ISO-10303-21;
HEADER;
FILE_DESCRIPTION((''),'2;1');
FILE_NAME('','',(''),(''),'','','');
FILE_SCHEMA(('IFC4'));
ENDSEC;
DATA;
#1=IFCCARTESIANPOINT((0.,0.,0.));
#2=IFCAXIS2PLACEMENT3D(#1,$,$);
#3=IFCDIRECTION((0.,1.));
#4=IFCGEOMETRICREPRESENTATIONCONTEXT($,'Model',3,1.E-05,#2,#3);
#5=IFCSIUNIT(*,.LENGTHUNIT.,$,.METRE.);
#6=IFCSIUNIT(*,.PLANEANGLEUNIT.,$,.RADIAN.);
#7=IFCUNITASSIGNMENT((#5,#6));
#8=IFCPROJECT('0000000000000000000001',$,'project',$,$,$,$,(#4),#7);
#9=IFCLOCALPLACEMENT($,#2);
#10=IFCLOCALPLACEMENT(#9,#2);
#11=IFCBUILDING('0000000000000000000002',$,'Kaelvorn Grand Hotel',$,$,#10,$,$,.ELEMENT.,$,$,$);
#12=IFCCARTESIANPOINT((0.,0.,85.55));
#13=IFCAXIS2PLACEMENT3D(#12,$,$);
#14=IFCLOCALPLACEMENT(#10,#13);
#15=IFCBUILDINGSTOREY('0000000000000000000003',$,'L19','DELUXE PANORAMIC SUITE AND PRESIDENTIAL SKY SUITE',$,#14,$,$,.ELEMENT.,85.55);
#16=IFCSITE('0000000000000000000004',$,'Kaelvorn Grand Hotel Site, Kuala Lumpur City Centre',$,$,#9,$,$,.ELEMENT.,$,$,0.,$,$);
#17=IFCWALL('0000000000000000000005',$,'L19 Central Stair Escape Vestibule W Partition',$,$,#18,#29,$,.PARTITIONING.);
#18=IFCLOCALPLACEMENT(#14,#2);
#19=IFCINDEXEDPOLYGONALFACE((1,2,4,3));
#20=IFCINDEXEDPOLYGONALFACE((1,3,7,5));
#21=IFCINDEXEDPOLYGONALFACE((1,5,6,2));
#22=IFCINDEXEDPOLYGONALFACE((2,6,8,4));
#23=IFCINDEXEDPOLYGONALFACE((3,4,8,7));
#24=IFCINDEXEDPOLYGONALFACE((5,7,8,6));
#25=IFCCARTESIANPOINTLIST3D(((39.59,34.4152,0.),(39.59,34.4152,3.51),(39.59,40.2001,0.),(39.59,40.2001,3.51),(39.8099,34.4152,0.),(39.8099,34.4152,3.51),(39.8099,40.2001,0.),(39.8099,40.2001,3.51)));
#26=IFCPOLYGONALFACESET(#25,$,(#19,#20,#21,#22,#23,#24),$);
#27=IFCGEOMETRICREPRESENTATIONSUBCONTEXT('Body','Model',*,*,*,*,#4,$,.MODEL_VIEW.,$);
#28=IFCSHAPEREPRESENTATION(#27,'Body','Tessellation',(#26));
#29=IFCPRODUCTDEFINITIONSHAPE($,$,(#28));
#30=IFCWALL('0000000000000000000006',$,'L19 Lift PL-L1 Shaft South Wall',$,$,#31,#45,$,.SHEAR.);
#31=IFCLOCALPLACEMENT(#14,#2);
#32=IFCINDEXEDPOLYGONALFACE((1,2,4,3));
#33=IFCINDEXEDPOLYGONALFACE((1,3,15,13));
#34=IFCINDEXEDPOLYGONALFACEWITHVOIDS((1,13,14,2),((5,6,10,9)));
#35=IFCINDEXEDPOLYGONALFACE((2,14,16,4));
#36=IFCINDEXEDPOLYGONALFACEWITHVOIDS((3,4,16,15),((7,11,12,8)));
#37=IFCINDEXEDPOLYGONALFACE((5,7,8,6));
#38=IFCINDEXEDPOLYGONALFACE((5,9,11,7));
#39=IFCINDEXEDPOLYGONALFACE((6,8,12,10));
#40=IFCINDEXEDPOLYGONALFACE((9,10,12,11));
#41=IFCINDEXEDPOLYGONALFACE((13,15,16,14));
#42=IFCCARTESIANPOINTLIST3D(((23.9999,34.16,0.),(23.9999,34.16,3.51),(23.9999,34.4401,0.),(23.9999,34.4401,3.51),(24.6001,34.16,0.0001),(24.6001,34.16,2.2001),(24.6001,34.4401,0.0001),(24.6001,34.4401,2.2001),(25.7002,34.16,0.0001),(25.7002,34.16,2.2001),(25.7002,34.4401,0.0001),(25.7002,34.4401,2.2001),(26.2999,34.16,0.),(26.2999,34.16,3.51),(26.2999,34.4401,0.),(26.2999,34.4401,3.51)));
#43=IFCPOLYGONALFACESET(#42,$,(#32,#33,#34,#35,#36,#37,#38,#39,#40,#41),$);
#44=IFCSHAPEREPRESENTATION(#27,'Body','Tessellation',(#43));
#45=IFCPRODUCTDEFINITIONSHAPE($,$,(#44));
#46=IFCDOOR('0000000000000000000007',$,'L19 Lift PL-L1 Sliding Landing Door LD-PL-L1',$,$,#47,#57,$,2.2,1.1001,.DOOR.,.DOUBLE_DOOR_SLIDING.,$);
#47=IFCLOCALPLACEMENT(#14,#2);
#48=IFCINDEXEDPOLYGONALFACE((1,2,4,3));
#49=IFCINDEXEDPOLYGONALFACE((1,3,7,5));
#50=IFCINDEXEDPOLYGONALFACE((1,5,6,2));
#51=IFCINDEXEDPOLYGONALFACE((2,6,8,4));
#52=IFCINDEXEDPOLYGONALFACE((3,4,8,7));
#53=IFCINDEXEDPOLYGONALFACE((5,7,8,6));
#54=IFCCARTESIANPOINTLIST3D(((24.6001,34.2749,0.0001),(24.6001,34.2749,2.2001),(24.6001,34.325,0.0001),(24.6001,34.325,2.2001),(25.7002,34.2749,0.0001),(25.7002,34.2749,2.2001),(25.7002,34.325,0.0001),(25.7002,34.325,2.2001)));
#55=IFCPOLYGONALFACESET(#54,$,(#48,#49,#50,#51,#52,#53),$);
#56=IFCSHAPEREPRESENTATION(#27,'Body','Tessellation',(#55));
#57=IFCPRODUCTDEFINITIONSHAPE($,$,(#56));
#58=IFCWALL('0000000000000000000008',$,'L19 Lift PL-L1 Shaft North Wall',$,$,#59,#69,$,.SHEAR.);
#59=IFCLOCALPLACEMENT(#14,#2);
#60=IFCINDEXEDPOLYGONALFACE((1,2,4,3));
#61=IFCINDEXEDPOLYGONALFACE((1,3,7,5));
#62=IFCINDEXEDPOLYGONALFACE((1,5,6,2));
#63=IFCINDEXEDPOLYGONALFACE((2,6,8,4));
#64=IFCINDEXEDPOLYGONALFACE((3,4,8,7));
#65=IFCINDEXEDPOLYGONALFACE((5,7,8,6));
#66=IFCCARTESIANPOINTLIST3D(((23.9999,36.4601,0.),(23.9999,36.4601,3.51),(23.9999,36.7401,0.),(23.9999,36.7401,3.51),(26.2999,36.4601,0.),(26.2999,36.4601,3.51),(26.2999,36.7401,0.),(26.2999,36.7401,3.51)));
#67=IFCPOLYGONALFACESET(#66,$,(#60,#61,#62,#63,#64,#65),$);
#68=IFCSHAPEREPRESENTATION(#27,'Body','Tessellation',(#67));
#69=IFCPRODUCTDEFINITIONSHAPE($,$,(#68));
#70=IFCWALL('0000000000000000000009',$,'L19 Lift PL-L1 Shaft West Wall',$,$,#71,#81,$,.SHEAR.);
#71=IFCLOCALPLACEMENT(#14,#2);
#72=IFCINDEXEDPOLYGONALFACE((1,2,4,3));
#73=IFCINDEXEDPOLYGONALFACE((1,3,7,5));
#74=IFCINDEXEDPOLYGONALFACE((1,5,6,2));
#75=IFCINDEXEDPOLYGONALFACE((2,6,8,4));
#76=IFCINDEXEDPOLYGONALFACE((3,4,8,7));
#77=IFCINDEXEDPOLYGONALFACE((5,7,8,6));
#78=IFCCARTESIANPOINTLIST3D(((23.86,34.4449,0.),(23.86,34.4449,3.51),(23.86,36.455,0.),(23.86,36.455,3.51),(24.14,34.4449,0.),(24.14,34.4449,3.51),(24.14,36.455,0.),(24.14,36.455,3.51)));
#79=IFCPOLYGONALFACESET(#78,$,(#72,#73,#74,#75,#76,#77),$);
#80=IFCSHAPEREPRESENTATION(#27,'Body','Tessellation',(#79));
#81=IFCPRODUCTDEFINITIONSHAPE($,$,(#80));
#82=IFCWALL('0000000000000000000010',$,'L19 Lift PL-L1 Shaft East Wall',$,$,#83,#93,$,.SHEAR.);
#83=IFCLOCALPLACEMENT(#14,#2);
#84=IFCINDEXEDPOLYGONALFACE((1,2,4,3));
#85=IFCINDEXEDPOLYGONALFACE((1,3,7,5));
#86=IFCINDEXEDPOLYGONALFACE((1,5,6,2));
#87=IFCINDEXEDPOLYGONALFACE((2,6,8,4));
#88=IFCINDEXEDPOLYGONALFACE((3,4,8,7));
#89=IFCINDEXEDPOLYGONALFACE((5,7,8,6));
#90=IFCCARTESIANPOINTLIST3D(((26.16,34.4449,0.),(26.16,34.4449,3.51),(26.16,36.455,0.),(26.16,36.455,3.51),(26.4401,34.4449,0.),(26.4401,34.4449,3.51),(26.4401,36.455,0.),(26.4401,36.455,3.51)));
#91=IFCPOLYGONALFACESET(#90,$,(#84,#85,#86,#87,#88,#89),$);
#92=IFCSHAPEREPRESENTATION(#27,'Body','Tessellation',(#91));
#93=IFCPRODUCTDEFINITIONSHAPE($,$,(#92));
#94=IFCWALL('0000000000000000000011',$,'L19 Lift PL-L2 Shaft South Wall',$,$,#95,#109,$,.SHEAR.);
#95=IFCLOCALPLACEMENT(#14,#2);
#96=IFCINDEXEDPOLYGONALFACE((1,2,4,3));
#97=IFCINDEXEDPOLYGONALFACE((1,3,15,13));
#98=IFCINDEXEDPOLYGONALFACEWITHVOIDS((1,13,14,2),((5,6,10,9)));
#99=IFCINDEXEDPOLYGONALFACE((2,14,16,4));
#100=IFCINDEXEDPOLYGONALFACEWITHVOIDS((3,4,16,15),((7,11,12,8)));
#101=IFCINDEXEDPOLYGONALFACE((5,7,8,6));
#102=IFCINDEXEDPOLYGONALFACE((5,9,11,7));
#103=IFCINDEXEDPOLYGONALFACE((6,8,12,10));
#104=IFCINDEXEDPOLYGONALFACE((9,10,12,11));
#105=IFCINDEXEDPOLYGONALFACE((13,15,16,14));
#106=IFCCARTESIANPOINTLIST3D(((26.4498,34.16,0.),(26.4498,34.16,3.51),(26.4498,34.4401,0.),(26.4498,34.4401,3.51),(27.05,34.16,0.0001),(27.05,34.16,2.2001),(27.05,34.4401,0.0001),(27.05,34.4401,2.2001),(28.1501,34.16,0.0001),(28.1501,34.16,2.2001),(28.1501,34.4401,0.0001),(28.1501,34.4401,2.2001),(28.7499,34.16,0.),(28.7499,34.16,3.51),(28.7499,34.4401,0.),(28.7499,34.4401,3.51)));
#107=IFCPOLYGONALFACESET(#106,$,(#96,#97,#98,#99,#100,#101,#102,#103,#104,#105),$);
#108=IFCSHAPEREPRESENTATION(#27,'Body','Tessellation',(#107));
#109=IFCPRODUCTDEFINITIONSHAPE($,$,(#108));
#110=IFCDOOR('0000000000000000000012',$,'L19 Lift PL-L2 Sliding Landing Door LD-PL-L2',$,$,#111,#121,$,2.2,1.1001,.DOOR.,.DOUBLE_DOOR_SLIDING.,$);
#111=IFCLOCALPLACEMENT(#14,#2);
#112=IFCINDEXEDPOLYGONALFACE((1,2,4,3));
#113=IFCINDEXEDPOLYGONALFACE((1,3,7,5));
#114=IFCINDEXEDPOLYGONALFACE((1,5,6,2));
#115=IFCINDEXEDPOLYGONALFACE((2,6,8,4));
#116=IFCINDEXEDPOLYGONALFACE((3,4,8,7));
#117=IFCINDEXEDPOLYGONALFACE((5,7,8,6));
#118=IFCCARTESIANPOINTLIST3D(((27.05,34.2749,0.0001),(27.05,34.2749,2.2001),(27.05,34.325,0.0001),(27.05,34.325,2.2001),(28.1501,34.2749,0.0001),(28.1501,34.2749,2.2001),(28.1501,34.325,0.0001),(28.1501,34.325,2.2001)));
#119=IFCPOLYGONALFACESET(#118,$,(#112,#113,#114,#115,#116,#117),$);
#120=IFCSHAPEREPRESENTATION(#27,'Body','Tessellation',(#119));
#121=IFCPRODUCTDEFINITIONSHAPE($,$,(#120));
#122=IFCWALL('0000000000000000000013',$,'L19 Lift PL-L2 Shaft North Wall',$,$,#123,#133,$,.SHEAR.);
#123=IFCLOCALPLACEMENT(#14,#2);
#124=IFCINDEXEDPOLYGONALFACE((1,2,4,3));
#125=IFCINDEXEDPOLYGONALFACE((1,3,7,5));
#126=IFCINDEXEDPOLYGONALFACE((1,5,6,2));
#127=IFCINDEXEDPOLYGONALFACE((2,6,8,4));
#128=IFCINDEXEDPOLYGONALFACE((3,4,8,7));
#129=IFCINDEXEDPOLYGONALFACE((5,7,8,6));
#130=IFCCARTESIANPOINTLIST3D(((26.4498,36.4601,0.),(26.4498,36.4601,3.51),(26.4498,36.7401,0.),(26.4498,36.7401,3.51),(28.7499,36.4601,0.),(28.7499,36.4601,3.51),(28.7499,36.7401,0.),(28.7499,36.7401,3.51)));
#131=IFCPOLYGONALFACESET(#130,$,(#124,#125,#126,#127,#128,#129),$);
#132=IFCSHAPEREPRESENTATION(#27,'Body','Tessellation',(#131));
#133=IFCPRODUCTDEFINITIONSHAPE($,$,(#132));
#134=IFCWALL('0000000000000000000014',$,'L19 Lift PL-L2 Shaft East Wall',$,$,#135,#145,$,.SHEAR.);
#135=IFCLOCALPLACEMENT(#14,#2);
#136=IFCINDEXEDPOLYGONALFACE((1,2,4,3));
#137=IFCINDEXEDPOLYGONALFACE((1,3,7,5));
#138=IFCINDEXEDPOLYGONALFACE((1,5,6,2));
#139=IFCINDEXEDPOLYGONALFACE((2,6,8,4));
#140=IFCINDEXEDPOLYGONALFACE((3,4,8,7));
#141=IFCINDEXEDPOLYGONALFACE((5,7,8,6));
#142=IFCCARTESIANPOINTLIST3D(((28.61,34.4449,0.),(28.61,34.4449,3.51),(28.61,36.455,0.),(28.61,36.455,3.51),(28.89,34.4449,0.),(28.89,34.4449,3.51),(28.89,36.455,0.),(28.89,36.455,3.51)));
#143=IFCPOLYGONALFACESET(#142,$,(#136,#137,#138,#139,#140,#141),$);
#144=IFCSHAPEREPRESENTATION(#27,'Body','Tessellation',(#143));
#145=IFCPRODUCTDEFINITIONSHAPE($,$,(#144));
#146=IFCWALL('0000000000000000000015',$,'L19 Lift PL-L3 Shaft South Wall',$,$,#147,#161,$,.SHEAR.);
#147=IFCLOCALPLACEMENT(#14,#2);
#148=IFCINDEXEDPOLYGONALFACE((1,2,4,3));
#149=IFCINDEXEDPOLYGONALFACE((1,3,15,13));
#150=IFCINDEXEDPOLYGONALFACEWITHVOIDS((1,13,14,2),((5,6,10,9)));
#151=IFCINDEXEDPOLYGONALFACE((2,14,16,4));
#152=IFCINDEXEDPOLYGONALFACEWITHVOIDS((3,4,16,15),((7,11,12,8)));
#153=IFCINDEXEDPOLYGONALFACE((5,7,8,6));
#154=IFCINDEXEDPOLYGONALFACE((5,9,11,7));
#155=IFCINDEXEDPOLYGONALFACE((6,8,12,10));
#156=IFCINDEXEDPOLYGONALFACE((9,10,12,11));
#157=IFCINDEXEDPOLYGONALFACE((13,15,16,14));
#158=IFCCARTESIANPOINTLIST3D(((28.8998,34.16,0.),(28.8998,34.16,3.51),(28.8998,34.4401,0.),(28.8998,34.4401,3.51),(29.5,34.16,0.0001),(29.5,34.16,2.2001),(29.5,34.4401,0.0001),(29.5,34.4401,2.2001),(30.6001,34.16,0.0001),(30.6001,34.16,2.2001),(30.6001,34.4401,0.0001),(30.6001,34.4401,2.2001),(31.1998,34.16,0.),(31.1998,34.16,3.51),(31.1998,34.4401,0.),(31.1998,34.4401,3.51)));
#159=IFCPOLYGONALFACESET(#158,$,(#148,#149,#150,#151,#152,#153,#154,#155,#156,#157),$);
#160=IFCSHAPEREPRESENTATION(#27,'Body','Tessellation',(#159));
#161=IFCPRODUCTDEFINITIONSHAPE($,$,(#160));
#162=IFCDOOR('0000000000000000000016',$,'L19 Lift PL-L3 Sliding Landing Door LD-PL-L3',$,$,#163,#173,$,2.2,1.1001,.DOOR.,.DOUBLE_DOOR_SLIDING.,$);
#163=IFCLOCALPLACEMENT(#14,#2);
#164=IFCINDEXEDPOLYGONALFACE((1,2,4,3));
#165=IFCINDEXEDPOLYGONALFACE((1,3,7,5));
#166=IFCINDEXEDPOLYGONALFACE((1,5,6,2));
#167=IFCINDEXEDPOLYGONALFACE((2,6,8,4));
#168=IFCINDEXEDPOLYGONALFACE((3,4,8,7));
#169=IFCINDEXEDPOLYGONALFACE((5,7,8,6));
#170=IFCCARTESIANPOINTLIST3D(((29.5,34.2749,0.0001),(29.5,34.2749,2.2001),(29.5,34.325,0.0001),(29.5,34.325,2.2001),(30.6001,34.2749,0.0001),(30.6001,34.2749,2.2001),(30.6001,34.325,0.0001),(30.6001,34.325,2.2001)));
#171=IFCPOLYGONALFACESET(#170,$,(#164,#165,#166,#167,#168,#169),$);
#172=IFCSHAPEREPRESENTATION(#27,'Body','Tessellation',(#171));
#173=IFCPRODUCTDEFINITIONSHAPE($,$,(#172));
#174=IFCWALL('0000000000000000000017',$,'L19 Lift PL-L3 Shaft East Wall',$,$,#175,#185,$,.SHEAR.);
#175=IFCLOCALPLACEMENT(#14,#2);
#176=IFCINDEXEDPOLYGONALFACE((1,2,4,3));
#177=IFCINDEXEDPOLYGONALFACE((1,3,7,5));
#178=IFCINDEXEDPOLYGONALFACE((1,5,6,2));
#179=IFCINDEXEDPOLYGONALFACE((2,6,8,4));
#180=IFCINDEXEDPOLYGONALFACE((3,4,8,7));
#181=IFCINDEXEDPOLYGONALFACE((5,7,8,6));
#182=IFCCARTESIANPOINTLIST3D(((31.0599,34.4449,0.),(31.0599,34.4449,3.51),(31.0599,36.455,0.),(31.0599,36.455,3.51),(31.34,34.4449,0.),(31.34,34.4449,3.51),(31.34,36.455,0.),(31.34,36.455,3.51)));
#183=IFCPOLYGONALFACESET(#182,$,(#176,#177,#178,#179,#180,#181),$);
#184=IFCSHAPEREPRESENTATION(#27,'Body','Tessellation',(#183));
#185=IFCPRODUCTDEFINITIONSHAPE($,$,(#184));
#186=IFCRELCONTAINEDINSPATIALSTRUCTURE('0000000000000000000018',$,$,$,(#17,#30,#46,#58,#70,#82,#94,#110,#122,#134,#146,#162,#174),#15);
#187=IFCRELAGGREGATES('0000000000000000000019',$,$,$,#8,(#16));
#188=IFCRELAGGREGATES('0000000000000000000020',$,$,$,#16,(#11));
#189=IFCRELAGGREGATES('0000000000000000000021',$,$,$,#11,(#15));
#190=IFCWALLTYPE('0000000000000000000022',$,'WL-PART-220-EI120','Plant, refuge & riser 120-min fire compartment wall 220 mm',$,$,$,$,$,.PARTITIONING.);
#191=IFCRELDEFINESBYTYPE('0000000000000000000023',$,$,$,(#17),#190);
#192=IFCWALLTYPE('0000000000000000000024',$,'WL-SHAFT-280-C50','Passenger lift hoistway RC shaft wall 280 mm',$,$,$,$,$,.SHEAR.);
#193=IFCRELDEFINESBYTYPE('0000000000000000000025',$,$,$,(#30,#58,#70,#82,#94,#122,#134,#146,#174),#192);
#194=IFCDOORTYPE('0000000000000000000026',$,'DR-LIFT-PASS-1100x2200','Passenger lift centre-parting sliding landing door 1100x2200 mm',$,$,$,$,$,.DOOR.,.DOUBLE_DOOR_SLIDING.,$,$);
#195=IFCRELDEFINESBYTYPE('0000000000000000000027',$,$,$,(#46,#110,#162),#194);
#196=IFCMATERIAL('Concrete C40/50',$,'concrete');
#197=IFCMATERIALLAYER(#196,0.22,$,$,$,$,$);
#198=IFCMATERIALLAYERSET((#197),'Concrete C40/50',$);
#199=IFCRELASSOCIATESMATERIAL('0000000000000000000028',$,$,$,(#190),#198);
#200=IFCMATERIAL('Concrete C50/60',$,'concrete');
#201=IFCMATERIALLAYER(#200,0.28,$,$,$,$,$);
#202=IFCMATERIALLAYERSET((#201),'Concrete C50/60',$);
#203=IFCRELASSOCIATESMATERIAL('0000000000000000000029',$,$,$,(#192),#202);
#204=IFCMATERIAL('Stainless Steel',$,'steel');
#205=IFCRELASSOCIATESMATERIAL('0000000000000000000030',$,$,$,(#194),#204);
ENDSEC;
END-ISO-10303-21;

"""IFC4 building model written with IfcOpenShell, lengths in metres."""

from ifc_helpers import new_model, si_unit, direction, frame, frame_2d, origin, place, context, subcontext, project, spatial, rectangle, extrude, material, layer, layer_set, type_object, element, fill, save


model = new_model("IFC4")

# Units and contexts
model_context = context("Model", 3, precision=1e-05, world=origin(), true_north=direction((0.0, 1.0)))
body_context = subcontext(model_context, "Body", "Model", "MODEL_VIEW")
ifc_project = project(units=[si_unit("LENGTHUNIT", "METRE"), si_unit("PLANEANGLEUNIT", "RADIAN")], contexts=[model_context])

# Site, building, storey
site_placement = place(None, origin())
site = spatial("IfcSite", under=ifc_project, at=site_placement, Name="Kaelvorn Grand Hotel Site, Kuala Lumpur City Centre", CompositionType="ELEMENT", RefElevation=0.0)
building_placement = place(site_placement, origin())
building = spatial("IfcBuilding", under=site, at=building_placement, Name="Kaelvorn Grand Hotel", CompositionType="ELEMENT")
storey_placement = place(building_placement, frame((0.0, 0.0, 85.55)))
storey = spatial("IfcBuildingStorey", under=building, at=storey_placement, Name="L19", Description="DELUXE PANORAMIC SUITE AND PRESIDENTIAL SKY SUITE", CompositionType="ELEMENT", Elevation=85.55)

# Shared definitions
ifc_material_1 = material(Name="Concrete C40/50", Category="concrete")
ifc_layer_1 = layer(ifc_material_1, 0.22)
ifc_layer_set_1 = layer_set([ifc_layer_1], Name="Concrete C40/50")
wall_type_1 = type_object("IfcWallType", Name="WL-PART-220-EI120", Description="Plant, refuge & riser 120-min fire compartment wall 220 mm", PredefinedType="PARTITIONING", material=ifc_layer_set_1)

# Wall
wall_1_placement = place(storey_placement, frame((39.7, 34.415, 0.0), z_axis=(0.0, 0.0, 1.0), x_axis=(0.0, 1.0, 0.0)))
element("IfcWall", 1, at=wall_1_placement, inside=storey, type_object=wall_type_1, Name="L19 Central Stair Escape Vestibule W Partition", PredefinedType="PARTITIONING", context=body_context, shape_type="SweptSolid", body=[
    extrude(rectangle(XDim=5.7849, YDim=0.22, at=frame_2d((2.8926, 0.0))), origin(), (0.0, 0.0, 1.0), 3.51),
])

# Wall, opening, door
ifc_material_2 = material(Name="Concrete C50/60", Category="concrete")
ifc_layer_2 = layer(ifc_material_2, 0.28)
ifc_layer_set_2 = layer_set([ifc_layer_2], Name="Concrete C50/60")
wall_type_2 = type_object("IfcWallType", Name="WL-SHAFT-280-C50", Description="Passenger lift hoistway RC shaft wall 280 mm", PredefinedType="SHEAR", material=ifc_layer_set_2)
wall_2_placement = place(storey_placement, frame((24.0, 34.3, 0.0), z_axis=(0.0, 0.0, 1.0), x_axis=(1.0, 0.0, 0.0)))
wall_2 = element("IfcWall", 2, at=wall_2_placement, inside=storey, type_object=wall_type_2, Name="L19 Lift PL-L1 Shaft South Wall", PredefinedType="SHEAR", context=body_context, shape_type="SweptSolid", body=[
    extrude(rectangle(XDim=2.3, YDim=0.28, at=frame_2d((1.1499, 0.0))), origin(), (0.0, 0.0, 1.0), 3.51),
])
opening_1_placement = place(wall_2_placement, frame((0.6001, 0.0, 0.0)))
opening_1 = element("IfcOpeningElement", 3, at=opening_1_placement, cuts=wall_2, PredefinedType="OPENING", context=body_context, shape_type="SweptSolid", body=[
    extrude(rectangle(XDim=1.1001, YDim=2.2, at=frame_2d((0.55, 1.1001))), frame((0.0, 0.1499, 0.0), z_axis=(0.0, -1.0, 0.0), x_axis=(1.0, 0.0, 0.0)), (0.0, 0.0, 1.0), 0.3),
])
ifc_material_3 = material(Name="Stainless Steel", Category="steel")
door_type_1 = type_object("IfcDoorType", Name="DR-LIFT-PASS-1100x2200", Description="Passenger lift centre-parting sliding landing door 1100x2200 mm", OperationType="DOUBLE_DOOR_SLIDING", PredefinedType="DOOR", material=ifc_material_3)
door_1_placement = place(opening_1_placement, origin())
door_1 = element("IfcDoor", 4, at=door_1_placement, inside=storey, type_object=door_type_1, Name="L19 Lift PL-L1 Sliding Landing Door LD-PL-L1", OperationType="DOUBLE_DOOR_SLIDING", OverallHeight=2.2, OverallWidth=1.1001, PredefinedType="DOOR", context=body_context, shape_type="SweptSolid", body=[
    extrude(rectangle(XDim=1.1001, YDim=2.2, at=frame_2d((0.55, 1.1001))), frame((0.0, 0.0249, 0.0), z_axis=(0.0, -1.0, 0.0), x_axis=(1.0, 0.0, 0.0)), (0.0, 0.0, 1.0), 0.05),
])
fill(opening_1, door_1)

# Walls
wall_3_placement = place(storey_placement, frame((24.0, 36.6001, 0.0), z_axis=(0.0, 0.0, 1.0), x_axis=(1.0, 0.0, 0.0)))
element("IfcWall", 5, at=wall_3_placement, inside=storey, type_object=wall_type_2, Name="L19 Lift PL-L1 Shaft North Wall", PredefinedType="SHEAR", context=body_context, shape_type="SweptSolid", body=[
    extrude(rectangle(XDim=2.3, YDim=0.28, at=frame_2d((1.1499, 0.0))), origin(), (0.0, 0.0, 1.0), 3.51),
])
for number, where, z_axis, x_axis, name in (
    (6, (24.0, 34.4451, 0.0), (0.0, 0.0, 1.0), (0.0, 1.0, 0.0), "L19 Lift PL-L1 Shaft West Wall"),
    (7, (26.3, 34.4451, 0.0), (0.0, 0.0, 1.0), (0.0, 1.0, 0.0), "L19 Lift PL-L1 Shaft East Wall"),
):
    element("IfcWall", number, at=place(storey_placement, frame(where, z_axis=z_axis, x_axis=x_axis)), inside=storey, type_object=wall_type_2, Name=name, PredefinedType="SHEAR", context=body_context, shape_type="SweptSolid", body=[
        extrude(rectangle(XDim=2.01, YDim=0.28, at=frame_2d((1.0049, 0.0))), origin(), (0.0, 0.0, 1.0), 3.51),
    ])

# Wall, opening, door
wall_4_placement = place(storey_placement, frame((26.45, 34.3, 0.0), z_axis=(0.0, 0.0, 1.0), x_axis=(1.0, 0.0, 0.0)))
wall_4 = element("IfcWall", 8, at=wall_4_placement, inside=storey, type_object=wall_type_2, Name="L19 Lift PL-L2 Shaft South Wall", PredefinedType="SHEAR", context=body_context, shape_type="SweptSolid", body=[
    extrude(rectangle(XDim=2.3, YDim=0.28, at=frame_2d((1.1499, 0.0))), origin(), (0.0, 0.0, 1.0), 3.51),
])
opening_2_placement = place(wall_4_placement, frame((0.6001, 0.0, 0.0)))
opening_2 = element("IfcOpeningElement", 9, at=opening_2_placement, cuts=wall_4, PredefinedType="OPENING", context=body_context, shape_type="SweptSolid", body=[
    extrude(rectangle(XDim=1.1001, YDim=2.2, at=frame_2d((0.55, 1.1001))), frame((0.0, 0.1499, 0.0), z_axis=(0.0, -1.0, 0.0), x_axis=(1.0, 0.0, 0.0)), (0.0, 0.0, 1.0), 0.3),
])
door_2_placement = place(opening_2_placement, origin())
door_2 = element("IfcDoor", 10, at=door_2_placement, inside=storey, type_object=door_type_1, Name="L19 Lift PL-L2 Sliding Landing Door LD-PL-L2", OperationType="DOUBLE_DOOR_SLIDING", OverallHeight=2.2, OverallWidth=1.1001, PredefinedType="DOOR", context=body_context, shape_type="SweptSolid", body=[
    extrude(rectangle(XDim=1.1001, YDim=2.2, at=frame_2d((0.55, 1.1001))), frame((0.0, 0.0249, 0.0), z_axis=(0.0, -1.0, 0.0), x_axis=(1.0, 0.0, 0.0)), (0.0, 0.0, 1.0), 0.05),
])
fill(opening_2, door_2)

# Walls
wall_5_placement = place(storey_placement, frame((26.45, 36.6001, 0.0), z_axis=(0.0, 0.0, 1.0), x_axis=(1.0, 0.0, 0.0)))
element("IfcWall", 11, at=wall_5_placement, inside=storey, type_object=wall_type_2, Name="L19 Lift PL-L2 Shaft North Wall", PredefinedType="SHEAR", context=body_context, shape_type="SweptSolid", body=[
    extrude(rectangle(XDim=2.3, YDim=0.28, at=frame_2d((1.1499, 0.0))), origin(), (0.0, 0.0, 1.0), 3.51),
])
wall_6_placement = place(storey_placement, frame((28.75, 34.4451, 0.0), z_axis=(0.0, 0.0, 1.0), x_axis=(0.0, 1.0, 0.0)))
element("IfcWall", 12, at=wall_6_placement, inside=storey, type_object=wall_type_2, Name="L19 Lift PL-L2 Shaft East Wall", PredefinedType="SHEAR", context=body_context, shape_type="SweptSolid", body=[
    extrude(rectangle(XDim=2.01, YDim=0.28, at=frame_2d((1.0049, 0.0))), origin(), (0.0, 0.0, 1.0), 3.51),
])

# Wall, opening, door
wall_7_placement = place(storey_placement, frame((28.8999, 34.3, 0.0), z_axis=(0.0, 0.0, 1.0), x_axis=(1.0, 0.0, 0.0)))
wall_7 = element("IfcWall", 13, at=wall_7_placement, inside=storey, type_object=wall_type_2, Name="L19 Lift PL-L3 Shaft South Wall", PredefinedType="SHEAR", context=body_context, shape_type="SweptSolid", body=[
    extrude(rectangle(XDim=2.3, YDim=0.28, at=frame_2d((1.1499, 0.0))), origin(), (0.0, 0.0, 1.0), 3.51),
])
opening_3_placement = place(wall_7_placement, frame((0.6001, 0.0, 0.0)))
opening_3 = element("IfcOpeningElement", 14, at=opening_3_placement, cuts=wall_7, PredefinedType="OPENING", context=body_context, shape_type="SweptSolid", body=[
    extrude(rectangle(XDim=1.1001, YDim=2.2, at=frame_2d((0.55, 1.1001))), frame((0.0, 0.1499, 0.0), z_axis=(0.0, -1.0, 0.0), x_axis=(1.0, 0.0, 0.0)), (0.0, 0.0, 1.0), 0.3),
])
door_3_placement = place(opening_3_placement, origin())
door_3 = element("IfcDoor", 15, at=door_3_placement, inside=storey, type_object=door_type_1, Name="L19 Lift PL-L3 Sliding Landing Door LD-PL-L3", OperationType="DOUBLE_DOOR_SLIDING", OverallHeight=2.2, OverallWidth=1.1001, PredefinedType="DOOR", context=body_context, shape_type="SweptSolid", body=[
    extrude(rectangle(XDim=1.1001, YDim=2.2, at=frame_2d((0.55, 1.1001))), frame((0.0, 0.0249, 0.0), z_axis=(0.0, -1.0, 0.0), x_axis=(1.0, 0.0, 0.0)), (0.0, 0.0, 1.0), 0.05),
])
fill(opening_3, door_3)

# Wall
wall_8_placement = place(storey_placement, frame((31.2, 34.4451, 0.0), z_axis=(0.0, 0.0, 1.0), x_axis=(0.0, 1.0, 0.0)))
element("IfcWall", 16, at=wall_8_placement, inside=storey, type_object=wall_type_2, Name="L19 Lift PL-L3 Shaft East Wall", PredefinedType="SHEAR", context=body_context, shape_type="SweptSolid", body=[
    extrude(rectangle(XDim=2.01, YDim=0.28, at=frame_2d((1.0049, 0.0))), origin(), (0.0, 0.0, 1.0), 3.51),
])

save(model, "model.ifc")
